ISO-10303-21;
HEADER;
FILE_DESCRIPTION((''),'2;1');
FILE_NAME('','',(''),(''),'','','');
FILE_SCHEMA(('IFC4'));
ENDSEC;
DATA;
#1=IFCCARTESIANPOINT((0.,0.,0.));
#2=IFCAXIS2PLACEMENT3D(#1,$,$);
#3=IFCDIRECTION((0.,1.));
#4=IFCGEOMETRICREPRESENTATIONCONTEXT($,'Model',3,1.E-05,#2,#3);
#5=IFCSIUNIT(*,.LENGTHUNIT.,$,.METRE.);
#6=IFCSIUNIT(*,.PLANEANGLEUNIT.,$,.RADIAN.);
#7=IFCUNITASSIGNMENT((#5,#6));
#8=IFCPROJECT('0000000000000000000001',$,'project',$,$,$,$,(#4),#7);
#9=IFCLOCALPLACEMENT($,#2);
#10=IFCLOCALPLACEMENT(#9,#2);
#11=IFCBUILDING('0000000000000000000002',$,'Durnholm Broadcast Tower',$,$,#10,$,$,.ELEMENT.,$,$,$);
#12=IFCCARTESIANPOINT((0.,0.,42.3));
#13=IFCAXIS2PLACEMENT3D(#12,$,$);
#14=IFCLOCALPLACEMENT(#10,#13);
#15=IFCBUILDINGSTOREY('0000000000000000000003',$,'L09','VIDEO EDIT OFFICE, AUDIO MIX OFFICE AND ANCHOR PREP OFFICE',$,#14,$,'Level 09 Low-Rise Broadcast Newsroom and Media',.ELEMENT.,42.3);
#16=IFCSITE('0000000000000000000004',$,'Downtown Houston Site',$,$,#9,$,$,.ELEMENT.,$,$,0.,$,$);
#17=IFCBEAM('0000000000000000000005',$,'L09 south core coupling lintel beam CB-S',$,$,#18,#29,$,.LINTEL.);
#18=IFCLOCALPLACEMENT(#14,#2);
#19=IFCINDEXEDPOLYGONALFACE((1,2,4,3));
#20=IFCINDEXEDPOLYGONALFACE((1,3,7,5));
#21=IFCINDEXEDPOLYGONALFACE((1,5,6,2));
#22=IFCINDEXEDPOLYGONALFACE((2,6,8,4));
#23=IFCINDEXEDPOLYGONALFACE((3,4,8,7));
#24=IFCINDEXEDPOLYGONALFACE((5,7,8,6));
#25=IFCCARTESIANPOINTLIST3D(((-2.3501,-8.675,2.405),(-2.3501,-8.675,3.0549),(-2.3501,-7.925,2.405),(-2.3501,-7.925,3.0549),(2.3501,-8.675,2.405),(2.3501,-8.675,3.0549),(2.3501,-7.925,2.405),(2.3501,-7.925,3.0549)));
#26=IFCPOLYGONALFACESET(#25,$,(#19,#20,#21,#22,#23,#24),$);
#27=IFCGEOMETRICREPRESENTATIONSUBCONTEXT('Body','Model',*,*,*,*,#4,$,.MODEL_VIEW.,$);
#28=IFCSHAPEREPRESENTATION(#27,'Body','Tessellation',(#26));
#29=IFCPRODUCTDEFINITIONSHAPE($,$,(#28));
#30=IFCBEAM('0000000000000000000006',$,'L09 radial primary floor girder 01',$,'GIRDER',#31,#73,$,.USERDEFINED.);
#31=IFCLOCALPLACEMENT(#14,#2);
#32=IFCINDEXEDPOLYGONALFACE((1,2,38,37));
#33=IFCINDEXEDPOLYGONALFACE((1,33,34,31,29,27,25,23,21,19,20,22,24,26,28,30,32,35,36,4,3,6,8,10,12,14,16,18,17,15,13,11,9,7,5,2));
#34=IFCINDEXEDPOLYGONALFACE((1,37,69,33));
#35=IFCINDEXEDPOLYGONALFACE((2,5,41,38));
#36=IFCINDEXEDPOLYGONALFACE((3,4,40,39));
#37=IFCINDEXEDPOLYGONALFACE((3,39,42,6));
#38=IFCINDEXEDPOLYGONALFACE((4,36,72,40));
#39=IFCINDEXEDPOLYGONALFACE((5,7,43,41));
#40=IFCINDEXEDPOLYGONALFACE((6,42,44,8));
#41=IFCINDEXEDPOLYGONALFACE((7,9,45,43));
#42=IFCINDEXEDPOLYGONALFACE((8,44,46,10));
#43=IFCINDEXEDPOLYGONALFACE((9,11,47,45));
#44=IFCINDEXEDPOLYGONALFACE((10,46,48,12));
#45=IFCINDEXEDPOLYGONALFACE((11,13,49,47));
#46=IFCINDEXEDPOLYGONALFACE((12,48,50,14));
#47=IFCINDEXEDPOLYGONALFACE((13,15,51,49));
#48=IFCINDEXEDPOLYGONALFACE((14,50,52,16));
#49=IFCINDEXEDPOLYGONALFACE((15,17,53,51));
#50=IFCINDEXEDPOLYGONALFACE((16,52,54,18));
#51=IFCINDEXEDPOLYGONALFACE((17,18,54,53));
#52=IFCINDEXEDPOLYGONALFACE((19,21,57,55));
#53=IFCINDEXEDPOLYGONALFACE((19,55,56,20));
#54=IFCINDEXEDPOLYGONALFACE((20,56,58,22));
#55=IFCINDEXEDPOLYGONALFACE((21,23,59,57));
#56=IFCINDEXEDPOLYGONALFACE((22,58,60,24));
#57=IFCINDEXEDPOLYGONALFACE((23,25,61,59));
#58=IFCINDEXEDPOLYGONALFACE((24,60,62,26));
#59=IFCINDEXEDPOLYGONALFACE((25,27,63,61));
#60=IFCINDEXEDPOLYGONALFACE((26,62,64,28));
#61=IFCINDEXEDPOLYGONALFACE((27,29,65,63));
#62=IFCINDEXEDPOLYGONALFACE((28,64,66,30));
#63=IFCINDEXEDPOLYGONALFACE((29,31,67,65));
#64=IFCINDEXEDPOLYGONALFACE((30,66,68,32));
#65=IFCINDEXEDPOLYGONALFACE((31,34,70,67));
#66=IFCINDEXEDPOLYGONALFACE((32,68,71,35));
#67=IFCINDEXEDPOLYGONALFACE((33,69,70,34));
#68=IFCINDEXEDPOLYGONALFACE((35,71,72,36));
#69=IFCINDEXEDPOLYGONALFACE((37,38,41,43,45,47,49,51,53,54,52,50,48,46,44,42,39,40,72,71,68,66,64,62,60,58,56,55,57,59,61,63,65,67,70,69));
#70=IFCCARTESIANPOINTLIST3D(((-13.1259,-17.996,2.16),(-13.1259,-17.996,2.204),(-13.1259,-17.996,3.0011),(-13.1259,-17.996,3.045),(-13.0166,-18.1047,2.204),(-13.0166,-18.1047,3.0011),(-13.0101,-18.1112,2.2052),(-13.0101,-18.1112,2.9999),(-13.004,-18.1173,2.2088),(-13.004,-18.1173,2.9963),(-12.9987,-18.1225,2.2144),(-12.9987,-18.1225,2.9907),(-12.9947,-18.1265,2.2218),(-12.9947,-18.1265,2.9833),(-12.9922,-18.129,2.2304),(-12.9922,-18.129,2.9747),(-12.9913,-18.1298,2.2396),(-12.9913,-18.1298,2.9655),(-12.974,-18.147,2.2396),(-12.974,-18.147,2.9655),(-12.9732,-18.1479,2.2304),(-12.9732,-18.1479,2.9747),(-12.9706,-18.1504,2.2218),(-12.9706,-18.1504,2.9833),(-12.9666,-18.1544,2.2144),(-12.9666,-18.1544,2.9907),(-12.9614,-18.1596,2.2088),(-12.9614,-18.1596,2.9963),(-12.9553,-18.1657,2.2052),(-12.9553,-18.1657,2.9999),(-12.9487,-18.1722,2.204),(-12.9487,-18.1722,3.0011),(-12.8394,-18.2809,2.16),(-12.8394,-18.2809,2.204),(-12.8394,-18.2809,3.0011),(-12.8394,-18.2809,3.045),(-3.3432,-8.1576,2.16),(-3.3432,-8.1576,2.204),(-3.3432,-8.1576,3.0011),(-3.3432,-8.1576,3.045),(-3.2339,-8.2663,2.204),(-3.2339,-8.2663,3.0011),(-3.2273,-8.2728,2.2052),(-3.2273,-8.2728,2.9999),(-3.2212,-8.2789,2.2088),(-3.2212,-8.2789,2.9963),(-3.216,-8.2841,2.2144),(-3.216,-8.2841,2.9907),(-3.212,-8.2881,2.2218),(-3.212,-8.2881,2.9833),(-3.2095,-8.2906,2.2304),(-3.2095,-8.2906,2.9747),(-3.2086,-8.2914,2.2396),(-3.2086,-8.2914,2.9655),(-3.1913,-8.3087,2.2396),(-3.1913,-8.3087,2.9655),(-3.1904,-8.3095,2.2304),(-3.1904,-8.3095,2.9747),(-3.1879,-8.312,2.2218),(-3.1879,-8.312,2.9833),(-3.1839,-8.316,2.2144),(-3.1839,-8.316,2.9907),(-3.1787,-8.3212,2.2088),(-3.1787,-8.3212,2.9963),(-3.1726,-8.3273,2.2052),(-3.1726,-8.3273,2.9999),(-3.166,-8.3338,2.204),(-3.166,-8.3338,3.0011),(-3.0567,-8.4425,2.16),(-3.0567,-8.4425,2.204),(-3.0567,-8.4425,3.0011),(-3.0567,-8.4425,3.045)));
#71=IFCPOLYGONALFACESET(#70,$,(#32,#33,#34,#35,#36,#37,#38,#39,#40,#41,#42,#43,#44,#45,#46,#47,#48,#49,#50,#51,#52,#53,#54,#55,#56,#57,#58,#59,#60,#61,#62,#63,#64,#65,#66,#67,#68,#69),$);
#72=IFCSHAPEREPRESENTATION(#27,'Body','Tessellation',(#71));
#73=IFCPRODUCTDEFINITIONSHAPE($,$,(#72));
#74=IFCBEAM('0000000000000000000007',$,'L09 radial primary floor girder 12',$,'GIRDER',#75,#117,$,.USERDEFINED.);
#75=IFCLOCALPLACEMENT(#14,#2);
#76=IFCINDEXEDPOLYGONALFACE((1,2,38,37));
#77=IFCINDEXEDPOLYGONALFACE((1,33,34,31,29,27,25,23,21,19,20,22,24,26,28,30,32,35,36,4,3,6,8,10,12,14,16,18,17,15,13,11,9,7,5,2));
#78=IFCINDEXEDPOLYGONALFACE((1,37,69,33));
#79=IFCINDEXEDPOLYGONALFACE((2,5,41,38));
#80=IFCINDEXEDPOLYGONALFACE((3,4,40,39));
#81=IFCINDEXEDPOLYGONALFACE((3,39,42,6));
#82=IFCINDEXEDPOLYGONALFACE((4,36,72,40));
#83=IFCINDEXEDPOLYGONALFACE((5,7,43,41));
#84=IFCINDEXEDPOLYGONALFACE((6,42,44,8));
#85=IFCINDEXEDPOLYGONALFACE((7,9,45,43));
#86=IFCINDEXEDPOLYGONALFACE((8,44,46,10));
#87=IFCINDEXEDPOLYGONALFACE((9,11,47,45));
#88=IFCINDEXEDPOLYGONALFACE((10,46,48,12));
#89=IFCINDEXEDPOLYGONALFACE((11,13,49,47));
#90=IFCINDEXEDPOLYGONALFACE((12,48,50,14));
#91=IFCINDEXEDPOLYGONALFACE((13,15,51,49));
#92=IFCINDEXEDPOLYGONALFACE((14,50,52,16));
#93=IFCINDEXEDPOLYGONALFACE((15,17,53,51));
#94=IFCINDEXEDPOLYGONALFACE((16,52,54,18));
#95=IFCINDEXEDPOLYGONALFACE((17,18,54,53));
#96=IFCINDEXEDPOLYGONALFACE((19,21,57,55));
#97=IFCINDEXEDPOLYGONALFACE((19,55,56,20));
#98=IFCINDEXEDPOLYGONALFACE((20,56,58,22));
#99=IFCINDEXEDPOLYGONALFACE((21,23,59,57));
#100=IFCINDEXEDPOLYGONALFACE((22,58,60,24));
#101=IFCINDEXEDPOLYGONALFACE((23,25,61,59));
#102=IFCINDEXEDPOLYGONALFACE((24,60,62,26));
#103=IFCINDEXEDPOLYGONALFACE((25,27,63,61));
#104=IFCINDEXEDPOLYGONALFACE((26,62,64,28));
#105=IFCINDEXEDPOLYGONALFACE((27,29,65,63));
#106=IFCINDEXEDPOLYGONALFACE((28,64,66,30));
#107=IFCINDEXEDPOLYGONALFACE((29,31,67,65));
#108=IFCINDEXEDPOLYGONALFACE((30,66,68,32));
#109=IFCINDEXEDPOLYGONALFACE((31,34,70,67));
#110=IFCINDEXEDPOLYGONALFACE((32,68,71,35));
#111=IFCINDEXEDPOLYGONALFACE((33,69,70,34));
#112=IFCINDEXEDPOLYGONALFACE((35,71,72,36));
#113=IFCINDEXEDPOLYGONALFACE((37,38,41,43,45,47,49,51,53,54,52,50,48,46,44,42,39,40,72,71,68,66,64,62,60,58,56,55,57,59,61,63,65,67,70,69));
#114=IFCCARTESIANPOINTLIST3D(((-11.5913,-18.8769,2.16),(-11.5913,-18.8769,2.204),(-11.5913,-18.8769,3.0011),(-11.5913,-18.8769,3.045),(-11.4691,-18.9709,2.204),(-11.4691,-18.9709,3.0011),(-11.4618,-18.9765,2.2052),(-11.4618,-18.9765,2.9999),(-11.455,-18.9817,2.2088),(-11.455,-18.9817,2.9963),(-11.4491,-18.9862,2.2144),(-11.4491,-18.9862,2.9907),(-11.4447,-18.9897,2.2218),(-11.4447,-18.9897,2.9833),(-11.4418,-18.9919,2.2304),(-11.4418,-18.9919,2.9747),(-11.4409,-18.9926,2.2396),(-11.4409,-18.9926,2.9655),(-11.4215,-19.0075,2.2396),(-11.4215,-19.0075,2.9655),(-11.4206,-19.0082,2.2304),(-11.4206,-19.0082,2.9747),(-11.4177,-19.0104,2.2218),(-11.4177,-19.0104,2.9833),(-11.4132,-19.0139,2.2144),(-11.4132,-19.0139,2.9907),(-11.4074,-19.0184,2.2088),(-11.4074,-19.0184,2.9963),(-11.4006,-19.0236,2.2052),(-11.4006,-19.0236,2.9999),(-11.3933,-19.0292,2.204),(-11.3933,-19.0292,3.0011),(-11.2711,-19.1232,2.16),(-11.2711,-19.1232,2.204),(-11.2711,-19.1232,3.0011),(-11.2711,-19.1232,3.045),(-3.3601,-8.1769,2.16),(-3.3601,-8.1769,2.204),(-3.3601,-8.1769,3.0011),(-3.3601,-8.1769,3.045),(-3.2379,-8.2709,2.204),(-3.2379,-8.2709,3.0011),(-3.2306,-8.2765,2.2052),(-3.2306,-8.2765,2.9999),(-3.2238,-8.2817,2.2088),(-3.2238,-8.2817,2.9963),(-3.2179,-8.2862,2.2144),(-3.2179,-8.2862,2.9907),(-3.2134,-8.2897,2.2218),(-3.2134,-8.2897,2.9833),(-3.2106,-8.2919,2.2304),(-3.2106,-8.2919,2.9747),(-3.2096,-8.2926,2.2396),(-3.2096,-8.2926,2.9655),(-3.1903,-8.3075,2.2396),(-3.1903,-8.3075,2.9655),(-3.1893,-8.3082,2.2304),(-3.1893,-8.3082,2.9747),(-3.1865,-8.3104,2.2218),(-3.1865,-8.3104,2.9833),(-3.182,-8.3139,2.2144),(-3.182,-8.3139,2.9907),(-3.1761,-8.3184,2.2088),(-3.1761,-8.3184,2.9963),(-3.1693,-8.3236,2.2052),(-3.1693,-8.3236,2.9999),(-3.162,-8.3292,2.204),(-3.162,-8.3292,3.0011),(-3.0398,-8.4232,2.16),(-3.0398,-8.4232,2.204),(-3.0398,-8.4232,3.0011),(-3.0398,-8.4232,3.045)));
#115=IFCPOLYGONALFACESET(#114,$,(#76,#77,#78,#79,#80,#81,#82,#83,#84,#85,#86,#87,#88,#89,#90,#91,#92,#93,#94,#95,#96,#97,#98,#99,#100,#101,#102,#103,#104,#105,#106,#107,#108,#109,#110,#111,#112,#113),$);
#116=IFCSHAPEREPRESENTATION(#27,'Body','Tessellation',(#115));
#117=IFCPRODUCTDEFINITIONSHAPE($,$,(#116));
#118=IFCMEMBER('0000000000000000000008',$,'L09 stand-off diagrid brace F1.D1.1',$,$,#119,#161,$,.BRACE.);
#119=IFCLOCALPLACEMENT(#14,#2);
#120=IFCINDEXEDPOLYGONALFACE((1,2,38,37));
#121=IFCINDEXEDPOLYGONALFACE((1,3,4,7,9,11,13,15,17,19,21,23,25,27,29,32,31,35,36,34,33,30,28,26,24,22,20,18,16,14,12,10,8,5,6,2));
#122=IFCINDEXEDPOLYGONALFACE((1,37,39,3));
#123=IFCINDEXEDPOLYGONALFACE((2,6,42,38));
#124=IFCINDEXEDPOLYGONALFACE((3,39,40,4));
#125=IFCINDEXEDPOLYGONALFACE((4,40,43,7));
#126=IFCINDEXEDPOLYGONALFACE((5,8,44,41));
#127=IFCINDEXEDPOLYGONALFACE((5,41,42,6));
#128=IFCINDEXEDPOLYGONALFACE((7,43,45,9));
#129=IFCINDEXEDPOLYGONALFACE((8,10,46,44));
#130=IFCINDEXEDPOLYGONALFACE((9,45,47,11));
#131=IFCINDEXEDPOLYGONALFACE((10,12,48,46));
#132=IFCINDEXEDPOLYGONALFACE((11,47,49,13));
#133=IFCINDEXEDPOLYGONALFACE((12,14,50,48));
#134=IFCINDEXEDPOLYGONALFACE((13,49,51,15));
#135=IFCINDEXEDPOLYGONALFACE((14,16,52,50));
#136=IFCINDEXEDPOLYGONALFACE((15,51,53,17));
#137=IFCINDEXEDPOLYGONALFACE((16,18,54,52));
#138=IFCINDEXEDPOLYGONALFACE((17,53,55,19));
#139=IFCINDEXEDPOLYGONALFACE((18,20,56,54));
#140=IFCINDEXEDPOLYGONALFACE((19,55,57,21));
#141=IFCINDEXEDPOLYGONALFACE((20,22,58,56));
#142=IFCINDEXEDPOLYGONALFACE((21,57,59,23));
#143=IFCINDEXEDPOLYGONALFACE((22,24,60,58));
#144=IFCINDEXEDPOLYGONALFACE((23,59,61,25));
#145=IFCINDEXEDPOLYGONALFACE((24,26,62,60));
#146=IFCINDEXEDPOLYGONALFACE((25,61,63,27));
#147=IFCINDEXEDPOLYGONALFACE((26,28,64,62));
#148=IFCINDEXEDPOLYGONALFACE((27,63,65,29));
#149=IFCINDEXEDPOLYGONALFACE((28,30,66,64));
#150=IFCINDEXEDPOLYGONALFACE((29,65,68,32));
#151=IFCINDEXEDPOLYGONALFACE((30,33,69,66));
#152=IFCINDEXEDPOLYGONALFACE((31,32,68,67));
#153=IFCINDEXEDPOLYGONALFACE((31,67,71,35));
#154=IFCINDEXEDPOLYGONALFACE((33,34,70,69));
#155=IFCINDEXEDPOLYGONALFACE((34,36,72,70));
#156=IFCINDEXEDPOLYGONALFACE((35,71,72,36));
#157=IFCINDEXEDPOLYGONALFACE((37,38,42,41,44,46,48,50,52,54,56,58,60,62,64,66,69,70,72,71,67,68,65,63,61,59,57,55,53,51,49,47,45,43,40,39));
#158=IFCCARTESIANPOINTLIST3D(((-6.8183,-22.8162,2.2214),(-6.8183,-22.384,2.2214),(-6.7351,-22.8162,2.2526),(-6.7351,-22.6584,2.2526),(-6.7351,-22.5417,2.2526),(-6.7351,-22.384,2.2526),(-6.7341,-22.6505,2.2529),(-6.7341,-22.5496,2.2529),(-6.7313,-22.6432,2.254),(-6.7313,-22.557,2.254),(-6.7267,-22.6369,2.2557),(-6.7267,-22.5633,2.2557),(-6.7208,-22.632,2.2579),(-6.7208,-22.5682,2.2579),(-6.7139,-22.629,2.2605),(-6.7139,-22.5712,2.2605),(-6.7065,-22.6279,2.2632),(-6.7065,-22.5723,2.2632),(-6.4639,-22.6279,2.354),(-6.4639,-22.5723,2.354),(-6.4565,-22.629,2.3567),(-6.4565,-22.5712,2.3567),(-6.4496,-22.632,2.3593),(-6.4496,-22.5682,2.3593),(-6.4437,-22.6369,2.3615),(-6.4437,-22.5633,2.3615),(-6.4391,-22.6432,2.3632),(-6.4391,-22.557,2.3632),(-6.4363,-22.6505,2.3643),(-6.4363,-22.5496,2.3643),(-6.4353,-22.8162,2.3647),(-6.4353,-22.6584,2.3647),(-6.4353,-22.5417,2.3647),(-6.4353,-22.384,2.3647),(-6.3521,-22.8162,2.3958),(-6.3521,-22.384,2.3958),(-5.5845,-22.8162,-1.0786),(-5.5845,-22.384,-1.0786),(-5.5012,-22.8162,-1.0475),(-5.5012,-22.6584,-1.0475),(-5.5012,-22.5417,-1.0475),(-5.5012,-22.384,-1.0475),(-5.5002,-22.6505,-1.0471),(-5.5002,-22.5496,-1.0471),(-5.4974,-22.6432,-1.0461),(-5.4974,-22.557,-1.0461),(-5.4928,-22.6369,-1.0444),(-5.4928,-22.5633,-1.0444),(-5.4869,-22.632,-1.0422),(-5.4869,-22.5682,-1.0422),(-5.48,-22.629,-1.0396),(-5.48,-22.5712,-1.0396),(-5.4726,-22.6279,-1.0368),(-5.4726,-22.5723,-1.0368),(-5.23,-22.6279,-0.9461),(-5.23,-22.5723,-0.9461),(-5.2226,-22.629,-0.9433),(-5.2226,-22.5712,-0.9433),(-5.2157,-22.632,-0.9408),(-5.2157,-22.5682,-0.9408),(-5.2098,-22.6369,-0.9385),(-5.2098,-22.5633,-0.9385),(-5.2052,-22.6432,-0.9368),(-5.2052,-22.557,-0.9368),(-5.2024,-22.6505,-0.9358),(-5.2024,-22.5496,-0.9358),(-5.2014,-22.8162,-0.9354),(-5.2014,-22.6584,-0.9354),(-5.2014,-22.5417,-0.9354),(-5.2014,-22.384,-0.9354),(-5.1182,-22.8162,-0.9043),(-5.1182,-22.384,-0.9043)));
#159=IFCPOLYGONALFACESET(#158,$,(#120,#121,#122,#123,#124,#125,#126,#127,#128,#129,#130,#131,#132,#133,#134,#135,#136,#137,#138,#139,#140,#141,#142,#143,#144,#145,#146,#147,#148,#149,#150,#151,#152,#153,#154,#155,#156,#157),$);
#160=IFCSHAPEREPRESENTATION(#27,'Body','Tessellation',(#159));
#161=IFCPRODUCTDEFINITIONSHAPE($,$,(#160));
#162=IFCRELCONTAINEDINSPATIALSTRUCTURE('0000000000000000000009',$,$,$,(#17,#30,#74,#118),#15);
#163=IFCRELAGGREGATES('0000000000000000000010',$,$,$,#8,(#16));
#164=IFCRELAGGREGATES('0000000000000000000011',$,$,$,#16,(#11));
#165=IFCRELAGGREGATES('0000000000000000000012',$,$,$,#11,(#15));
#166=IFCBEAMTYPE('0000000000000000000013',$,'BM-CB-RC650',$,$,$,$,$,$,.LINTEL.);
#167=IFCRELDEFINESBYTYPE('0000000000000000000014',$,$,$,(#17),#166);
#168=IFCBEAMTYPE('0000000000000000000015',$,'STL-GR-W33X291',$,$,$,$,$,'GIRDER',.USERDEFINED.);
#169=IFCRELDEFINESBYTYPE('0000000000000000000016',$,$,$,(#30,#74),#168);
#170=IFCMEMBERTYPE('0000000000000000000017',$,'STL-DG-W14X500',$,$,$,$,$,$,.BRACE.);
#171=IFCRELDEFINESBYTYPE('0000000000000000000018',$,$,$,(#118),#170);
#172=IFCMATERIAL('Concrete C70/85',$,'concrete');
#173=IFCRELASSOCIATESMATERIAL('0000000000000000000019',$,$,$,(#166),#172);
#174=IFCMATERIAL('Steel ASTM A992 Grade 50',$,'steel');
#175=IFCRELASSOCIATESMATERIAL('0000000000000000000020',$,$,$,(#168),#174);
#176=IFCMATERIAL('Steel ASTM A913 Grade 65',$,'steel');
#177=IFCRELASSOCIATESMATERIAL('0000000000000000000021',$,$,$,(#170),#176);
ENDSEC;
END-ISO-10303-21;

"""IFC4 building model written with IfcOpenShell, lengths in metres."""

from ifc_helpers import new_model, si_unit, direction, frame, origin, origin_2d, place, context, subcontext, project, spatial, rectangle, i_section, extrude, source, transform, mapped, material, material_profile, profile_set, type_object, type_shapes, element, save


model = new_model("IFC4")

# Units and contexts
model_context = context("Model", 3, precision=1e-05, world=origin(), true_north=direction((0.0, 1.0)))
body_context = subcontext(model_context, "Body", "Model", "MODEL_VIEW")
ifc_project = project(units=[si_unit("LENGTHUNIT", "METRE"), si_unit("PLANEANGLEUNIT", "RADIAN")], contexts=[model_context])

# Site, building, storey
site_placement = place(None, origin())
site = spatial("IfcSite", under=ifc_project, at=site_placement, Name="Downtown Houston Site", CompositionType="ELEMENT", RefElevation=0.0)
building_placement = place(site_placement, origin())
building = spatial("IfcBuilding", under=site, at=building_placement, Name="Durnholm Broadcast Tower", CompositionType="ELEMENT")
storey_placement = place(building_placement, frame((0.0, 0.0, 42.3)))
storey = spatial("IfcBuildingStorey", under=building, at=storey_placement, Name="L09", Description="VIDEO EDIT OFFICE, AUDIO MIX OFFICE AND ANCHOR PREP OFFICE", LongName="Level 09 Low-Rise Broadcast Newsroom and Media", CompositionType="ELEMENT", Elevation=42.3)

# Beams
ifc_material_1 = material(Name="Concrete C70/85", Category="concrete")
ifc_material_profile_1 = material_profile(ifc_material_1, rectangle(XDim=0.75, YDim=0.6499, at=origin_2d()), Name="RC750X650")
ifc_profile_set_1 = profile_set([ifc_material_profile_1], Name="Concrete C70/85")
beam_type_1 = type_object("IfcBeamType", Name="BM-CB-RC650", PredefinedType="LINTEL", material=ifc_profile_set_1)
shared_shape_1 = source(origin(), body_context, "Body", "SweptSolid", [
    extrude(rectangle(XDim=0.75, YDim=0.6499, at=origin_2d()), origin(), (0.0, 0.0, 1.0), 4.7002),
])
type_shapes(beam_type_1, [shared_shape_1])
beam_1_placement = place(storey_placement, frame((-2.3501, -8.3, 2.73), z_axis=(1.0, 0.0, 0.0), x_axis=(0.0, 1.0, 0.0)))
element("IfcBeam", 1, at=beam_1_placement, inside=storey, type_object=beam_type_1, Name="L09 south core coupling lintel beam CB-S", PredefinedType="LINTEL", context=body_context, shape_type="MappedRepresentation", body=[
    mapped(shared_shape_1, transform((0.0, 0.0, 0.0), x_axis=(1.0, 0.0, 0.0), y_axis=(0.0, 1.0, 0.0), z_axis=(0.0, 0.0, 1.0), scale=1.0)),
])
ifc_material_2 = material(Name="Steel ASTM A992 Grade 50", Category="steel")
ifc_material_profile_2 = material_profile(ifc_material_2, i_section(OverallWidth=0.4041, OverallDepth=0.885, WebThickness=0.0244, FlangeThickness=0.0439, FilletRadius=0.0356, at=origin_2d()), Name="W33X291")
ifc_profile_set_2 = profile_set([ifc_material_profile_2], Name="Steel ASTM A992 Grade 50")
beam_type_2 = type_object("IfcBeamType", Name="STL-GR-W33X291", ElementType="GIRDER", PredefinedType="USERDEFINED", material=ifc_profile_set_2)
shared_shape_2 = source(origin(), body_context, "Body", "SweptSolid", [
    extrude(i_section(OverallWidth=0.4041, OverallDepth=0.885, WebThickness=0.0244, FlangeThickness=0.0439, FilletRadius=0.0356, at=origin_2d()), origin(), (0.0, 0.0, 1.0), 13.8743),
])
beam_2_placement = place(storey_placement, frame((-3.2, -8.3, 2.6025), z_axis=(-0.705098, -0.70911, 0.0), x_axis=(0.70911, -0.705098, 0.0)))
element("IfcBeam", 2, at=beam_2_placement, inside=storey, type_object=beam_type_2, Name="L09 radial primary floor girder 01", ObjectType="GIRDER", PredefinedType="USERDEFINED", context=body_context, shape_type="MappedRepresentation", body=[
    mapped(shared_shape_2, transform((0.0, 0.0, 0.0), x_axis=(1.0, 0.0, 0.0), y_axis=(0.0, 1.0, 0.0), z_axis=(0.0, 0.0, 1.0), scale=1.0)),
])
shared_shape_3 = source(origin(), body_context, "Body", "SweptSolid", [
    extrude(i_section(OverallWidth=0.4041, OverallDepth=0.885, WebThickness=0.0244, FlangeThickness=0.0439, FilletRadius=0.0356, at=origin_2d()), origin(), (0.0, 0.0, 1.0), 13.4998),
])
type_shapes(beam_type_2, [shared_shape_2, shared_shape_3])
beam_3_placement = place(storey_placement, frame((-3.2, -8.3, 2.6025), z_axis=(-0.609733, -0.792607, 0.0), x_axis=(0.792607, -0.609733, 0.0)))
element("IfcBeam", 3, at=beam_3_placement, inside=storey, type_object=beam_type_2, Name="L09 radial primary floor girder 12", ObjectType="GIRDER", PredefinedType="USERDEFINED", context=body_context, shape_type="MappedRepresentation", body=[
    mapped(shared_shape_3, transform((0.0, 0.0, 0.0), x_axis=(1.0, 0.0, 0.0), y_axis=(0.0, 1.0, 0.0), z_axis=(0.0, 0.0, 1.0), scale=1.0)),
])

# Member
ifc_material_3 = material(Name="Steel ASTM A913 Grade 65", Category="steel")
ifc_material_profile_3 = material_profile(ifc_material_3, i_section(OverallWidth=0.4321, OverallDepth=0.4978, WebThickness=0.0557, FlangeThickness=0.0889, FilletRadius=0.0305, at=origin_2d()), Name="W14X500")
ifc_profile_set_3 = profile_set([ifc_material_profile_3], Name="Steel ASTM A913 Grade 65")
member_type_1 = type_object("IfcMemberType", Name="STL-DG-W14X500", PredefinedType="BRACE", material=ifc_profile_set_3)
shared_shape_4 = source(origin(), body_context, "Body", "SweptSolid", [
    extrude(i_section(OverallWidth=0.4321, OverallDepth=0.4978, WebThickness=0.0557, FlangeThickness=0.0889, FilletRadius=0.0305, at=origin_2d()), origin(), (0.0, 0.0, 1.0), 3.5232),
])
type_shapes(member_type_1, [shared_shape_4])
for number, where, z_axis, x_axis, name in (
    (4, (-5.3513, -22.6001, -0.9915), (-0.35022, 0.0, 0.936668), (0.0, -1.0, 0.0), "L09 stand-off diagrid brace F1.D1.1"),
):
    element("IfcMember", number, at=place(storey_placement, frame(where, z_axis=z_axis, x_axis=x_axis)), inside=storey, type_object=member_type_1, Name=name, PredefinedType="BRACE", context=body_context, shape_type="MappedRepresentation", body=[
        mapped(shared_shape_4, transform((0.0, 0.0, 0.0), x_axis=(1.0, 0.0, 0.0), y_axis=(0.0, 1.0, 0.0), z_axis=(0.0, 0.0, 1.0), scale=1.0)),
    ])

save(model, "model.ifc")
